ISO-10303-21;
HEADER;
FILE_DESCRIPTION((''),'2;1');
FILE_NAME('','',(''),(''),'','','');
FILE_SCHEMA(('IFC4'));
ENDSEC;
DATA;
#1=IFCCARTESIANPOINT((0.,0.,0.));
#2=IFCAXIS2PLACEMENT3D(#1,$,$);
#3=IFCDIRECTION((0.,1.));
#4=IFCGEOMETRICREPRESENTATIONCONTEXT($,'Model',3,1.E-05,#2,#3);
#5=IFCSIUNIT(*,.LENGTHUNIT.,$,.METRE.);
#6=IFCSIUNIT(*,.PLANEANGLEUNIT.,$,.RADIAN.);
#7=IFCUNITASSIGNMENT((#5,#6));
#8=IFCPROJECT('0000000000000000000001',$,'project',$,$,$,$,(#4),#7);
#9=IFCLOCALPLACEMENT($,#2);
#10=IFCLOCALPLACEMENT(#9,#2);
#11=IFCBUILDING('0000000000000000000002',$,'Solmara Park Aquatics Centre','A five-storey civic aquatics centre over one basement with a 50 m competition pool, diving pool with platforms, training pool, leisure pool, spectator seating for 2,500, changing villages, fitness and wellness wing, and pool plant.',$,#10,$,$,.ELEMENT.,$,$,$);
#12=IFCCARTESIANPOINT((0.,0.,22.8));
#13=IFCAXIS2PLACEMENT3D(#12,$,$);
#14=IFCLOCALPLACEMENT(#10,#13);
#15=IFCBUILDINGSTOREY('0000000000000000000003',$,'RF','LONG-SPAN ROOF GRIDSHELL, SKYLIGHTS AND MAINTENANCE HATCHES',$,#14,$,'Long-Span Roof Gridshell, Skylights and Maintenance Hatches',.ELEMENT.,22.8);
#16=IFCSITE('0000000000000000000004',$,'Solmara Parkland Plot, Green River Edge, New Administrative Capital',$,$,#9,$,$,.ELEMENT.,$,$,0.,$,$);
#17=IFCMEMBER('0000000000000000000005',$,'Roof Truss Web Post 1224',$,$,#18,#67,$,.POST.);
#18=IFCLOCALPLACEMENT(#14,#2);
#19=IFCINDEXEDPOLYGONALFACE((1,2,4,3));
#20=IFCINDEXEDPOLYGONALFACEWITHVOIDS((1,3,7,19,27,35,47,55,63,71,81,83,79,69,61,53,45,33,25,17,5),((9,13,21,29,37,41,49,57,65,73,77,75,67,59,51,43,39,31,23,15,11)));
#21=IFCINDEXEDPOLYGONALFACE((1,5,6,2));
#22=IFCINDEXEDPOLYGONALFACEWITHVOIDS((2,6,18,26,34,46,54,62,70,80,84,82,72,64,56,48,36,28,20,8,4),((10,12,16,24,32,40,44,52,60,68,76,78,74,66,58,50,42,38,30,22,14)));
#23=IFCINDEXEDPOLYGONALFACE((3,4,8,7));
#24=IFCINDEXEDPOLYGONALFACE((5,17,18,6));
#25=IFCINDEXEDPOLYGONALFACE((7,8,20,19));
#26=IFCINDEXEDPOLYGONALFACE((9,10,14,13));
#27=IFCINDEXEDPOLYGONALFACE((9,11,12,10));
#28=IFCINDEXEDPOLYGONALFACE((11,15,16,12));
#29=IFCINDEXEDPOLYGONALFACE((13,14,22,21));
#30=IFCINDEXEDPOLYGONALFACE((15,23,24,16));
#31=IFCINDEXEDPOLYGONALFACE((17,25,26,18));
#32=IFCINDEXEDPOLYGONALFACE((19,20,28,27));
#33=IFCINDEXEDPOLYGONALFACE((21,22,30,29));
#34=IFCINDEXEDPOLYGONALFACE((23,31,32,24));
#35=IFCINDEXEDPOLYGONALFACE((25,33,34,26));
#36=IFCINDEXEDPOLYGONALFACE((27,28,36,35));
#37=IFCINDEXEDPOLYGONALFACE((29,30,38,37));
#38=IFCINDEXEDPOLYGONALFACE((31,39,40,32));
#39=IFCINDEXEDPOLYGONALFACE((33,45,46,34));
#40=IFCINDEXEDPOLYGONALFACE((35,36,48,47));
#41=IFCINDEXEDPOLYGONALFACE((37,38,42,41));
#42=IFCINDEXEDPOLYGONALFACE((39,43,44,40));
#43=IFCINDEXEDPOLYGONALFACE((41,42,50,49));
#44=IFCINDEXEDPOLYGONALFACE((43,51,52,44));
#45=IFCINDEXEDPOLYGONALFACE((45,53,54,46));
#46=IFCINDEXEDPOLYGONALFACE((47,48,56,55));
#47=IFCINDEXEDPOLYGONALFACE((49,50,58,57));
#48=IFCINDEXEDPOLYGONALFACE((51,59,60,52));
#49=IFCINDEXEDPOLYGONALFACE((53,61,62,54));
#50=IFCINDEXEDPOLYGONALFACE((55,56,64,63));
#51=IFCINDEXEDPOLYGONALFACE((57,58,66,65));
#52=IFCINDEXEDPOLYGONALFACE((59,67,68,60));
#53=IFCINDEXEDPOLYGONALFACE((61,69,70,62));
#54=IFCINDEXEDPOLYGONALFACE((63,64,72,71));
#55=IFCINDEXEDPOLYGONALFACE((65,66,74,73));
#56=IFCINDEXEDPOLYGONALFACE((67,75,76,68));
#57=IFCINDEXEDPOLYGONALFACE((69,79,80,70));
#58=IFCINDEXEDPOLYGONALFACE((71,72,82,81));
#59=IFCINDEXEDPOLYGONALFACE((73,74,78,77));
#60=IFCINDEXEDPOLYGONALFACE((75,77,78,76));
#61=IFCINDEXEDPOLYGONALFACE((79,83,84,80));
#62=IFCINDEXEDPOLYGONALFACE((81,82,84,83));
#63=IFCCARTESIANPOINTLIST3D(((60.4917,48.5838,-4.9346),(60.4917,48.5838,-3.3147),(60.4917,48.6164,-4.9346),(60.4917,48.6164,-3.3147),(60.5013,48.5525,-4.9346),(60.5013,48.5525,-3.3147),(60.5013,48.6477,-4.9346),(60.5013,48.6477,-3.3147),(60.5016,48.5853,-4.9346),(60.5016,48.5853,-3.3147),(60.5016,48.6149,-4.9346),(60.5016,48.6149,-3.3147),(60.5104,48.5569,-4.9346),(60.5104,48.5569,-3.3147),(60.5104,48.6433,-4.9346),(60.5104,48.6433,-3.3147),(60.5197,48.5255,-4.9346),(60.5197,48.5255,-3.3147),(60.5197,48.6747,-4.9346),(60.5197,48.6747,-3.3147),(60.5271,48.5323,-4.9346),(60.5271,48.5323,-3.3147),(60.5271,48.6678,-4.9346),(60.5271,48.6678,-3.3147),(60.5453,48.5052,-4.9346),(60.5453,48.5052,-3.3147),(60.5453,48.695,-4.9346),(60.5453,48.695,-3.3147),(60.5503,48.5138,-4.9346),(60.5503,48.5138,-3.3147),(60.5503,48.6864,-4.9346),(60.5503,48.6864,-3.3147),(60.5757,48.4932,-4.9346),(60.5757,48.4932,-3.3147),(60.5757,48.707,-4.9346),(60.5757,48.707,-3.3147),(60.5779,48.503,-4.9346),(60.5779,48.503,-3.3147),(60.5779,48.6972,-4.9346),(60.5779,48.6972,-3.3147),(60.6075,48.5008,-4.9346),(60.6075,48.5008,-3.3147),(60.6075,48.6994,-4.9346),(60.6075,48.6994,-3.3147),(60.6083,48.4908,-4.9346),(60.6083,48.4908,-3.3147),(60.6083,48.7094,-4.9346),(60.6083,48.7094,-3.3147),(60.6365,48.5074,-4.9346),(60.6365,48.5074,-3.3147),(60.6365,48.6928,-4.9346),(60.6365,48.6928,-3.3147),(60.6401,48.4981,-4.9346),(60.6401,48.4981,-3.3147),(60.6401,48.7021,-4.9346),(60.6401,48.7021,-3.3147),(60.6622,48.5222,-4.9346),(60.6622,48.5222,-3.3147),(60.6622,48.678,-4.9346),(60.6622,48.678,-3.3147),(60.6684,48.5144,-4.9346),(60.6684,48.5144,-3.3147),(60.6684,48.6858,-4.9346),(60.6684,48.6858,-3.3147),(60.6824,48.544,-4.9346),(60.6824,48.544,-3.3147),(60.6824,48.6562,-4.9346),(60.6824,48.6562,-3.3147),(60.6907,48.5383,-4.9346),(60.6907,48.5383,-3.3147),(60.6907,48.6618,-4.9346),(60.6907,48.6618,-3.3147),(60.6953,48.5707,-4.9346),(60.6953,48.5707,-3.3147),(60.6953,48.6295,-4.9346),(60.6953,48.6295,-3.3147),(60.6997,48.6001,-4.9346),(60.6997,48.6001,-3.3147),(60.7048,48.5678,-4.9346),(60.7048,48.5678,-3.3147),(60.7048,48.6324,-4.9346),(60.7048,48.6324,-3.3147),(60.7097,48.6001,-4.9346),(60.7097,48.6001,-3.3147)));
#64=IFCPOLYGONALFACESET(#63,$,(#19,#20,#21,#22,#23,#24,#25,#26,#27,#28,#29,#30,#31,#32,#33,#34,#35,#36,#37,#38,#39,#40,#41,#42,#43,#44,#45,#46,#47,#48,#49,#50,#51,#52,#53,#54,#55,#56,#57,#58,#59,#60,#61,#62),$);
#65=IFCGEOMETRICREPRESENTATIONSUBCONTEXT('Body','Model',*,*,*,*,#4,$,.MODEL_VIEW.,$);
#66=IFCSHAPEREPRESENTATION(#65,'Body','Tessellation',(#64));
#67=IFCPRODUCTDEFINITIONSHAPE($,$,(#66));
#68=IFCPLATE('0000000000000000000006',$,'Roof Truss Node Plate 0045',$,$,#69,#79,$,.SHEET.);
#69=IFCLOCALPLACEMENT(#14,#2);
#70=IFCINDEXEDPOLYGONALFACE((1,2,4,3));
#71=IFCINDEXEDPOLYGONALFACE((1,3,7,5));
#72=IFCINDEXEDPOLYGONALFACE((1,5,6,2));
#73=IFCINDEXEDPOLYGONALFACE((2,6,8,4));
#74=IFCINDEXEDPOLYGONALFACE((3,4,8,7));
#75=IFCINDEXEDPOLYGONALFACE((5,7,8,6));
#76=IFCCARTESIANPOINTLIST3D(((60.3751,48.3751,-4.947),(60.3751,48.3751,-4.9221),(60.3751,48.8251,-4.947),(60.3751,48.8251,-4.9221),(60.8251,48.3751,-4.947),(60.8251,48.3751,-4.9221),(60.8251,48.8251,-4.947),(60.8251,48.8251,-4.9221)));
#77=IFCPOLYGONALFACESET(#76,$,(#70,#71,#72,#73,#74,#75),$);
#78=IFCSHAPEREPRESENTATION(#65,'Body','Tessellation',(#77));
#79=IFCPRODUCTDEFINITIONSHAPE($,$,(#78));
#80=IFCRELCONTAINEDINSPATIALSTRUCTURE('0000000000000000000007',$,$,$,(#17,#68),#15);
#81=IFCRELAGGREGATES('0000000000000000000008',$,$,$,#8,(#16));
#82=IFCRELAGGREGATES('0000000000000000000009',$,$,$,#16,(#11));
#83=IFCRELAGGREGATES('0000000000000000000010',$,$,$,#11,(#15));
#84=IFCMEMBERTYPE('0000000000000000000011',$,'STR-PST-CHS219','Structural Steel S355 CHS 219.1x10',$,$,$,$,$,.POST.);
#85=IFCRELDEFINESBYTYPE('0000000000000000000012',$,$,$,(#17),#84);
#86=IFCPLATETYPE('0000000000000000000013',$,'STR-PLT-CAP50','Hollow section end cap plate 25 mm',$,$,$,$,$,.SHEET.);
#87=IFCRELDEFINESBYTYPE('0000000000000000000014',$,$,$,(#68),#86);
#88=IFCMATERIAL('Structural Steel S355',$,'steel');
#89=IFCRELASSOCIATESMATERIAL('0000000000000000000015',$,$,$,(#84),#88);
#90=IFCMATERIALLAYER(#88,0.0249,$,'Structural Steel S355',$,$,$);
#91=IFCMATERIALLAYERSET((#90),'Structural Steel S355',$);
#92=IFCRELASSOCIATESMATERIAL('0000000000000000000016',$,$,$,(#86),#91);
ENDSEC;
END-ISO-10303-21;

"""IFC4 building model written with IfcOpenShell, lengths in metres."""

from ifc_helpers import new_model, si_unit, direction, frame, origin, origin_2d, place, context, subcontext, project, spatial, rectangle, hollow_circle, extrude, material, layer, layer_set, material_profile, profile_set, type_object, element, save


model = new_model("IFC4")

# Units and contexts
model_context = context("Model", 3, precision=1e-05, world=origin(), true_north=direction((0.0, 1.0)))
body_context = subcontext(model_context, "Body", "Model", "MODEL_VIEW")
ifc_project = project(units=[si_unit("LENGTHUNIT", "METRE"), si_unit("PLANEANGLEUNIT", "RADIAN")], contexts=[model_context])

# Site, building, storey
site_placement = place(None, origin())
site = spatial("IfcSite", under=ifc_project, at=site_placement, Name="Solmara Parkland Plot, Green River Edge, New Administrative Capital", CompositionType="ELEMENT", RefElevation=0.0)
building_placement = place(site_placement, origin())
building = spatial("IfcBuilding", under=site, at=building_placement, Name="Solmara Park Aquatics Centre", Description="A five-storey civic aquatics centre over one basement with a 50 m competition pool, diving pool with platforms, training pool, leisure pool, spectator seating for 2,500, changing villages, fitness and wellness wing, and pool plant.", CompositionType="ELEMENT")
storey_placement = place(building_placement, frame((0.0, 0.0, 22.8)))
storey = spatial("IfcBuildingStorey", under=building, at=storey_placement, Name="RF", Description="LONG-SPAN ROOF GRIDSHELL, SKYLIGHTS AND MAINTENANCE HATCHES", LongName="Long-Span Roof Gridshell, Skylights and Maintenance Hatches", CompositionType="ELEMENT", Elevation=22.8)

# Member
ifc_material_1 = material(Name="Structural Steel S355", Category="steel")
ifc_material_profile_1 = material_profile(ifc_material_1, hollow_circle(Radius=0.1096, WallThickness=0.01, at=origin_2d()), Name="CHS 219.1x10")
ifc_profile_set_1 = profile_set([ifc_material_profile_1], Name="Structural Steel S355")
member_type_1 = type_object("IfcMemberType", Name="STR-PST-CHS219", Description="Structural Steel S355 CHS 219.1x10", PredefinedType="POST", material=ifc_profile_set_1)
member_1_placement = place(storey_placement, frame((60.6001, 48.6001, -4.9346), z_axis=(0.0, 0.0, 1.0), x_axis=(1.0, 0.0, 0.0)))
element("IfcMember", 1, at=member_1_placement, inside=storey, type_object=member_type_1, Name="Roof Truss Web Post 1224", PredefinedType="POST", context=body_context, shape_type="SweptSolid", body=[
    extrude(hollow_circle(Radius=0.1096, WallThickness=0.01, at=origin_2d()), origin(), (0.0, 0.0, 1.0), 1.6199),
])

# Plate
ifc_layer = layer(ifc_material_1, 0.0249, Name="Structural Steel S355")
ifc_layer_set = layer_set([ifc_layer], Name="Structural Steel S355")
plate_type = type_object("IfcPlateType", Name="STR-PLT-CAP50", Description="Hollow section end cap plate 25 mm", PredefinedType="SHEET", material=ifc_layer_set)
plate_placement = place(storey_placement, frame((60.6001, 48.6001, -4.947), z_axis=(0.0, 0.0, 1.0), x_axis=(1.0, 0.0, 0.0)))
element("IfcPlate", 2, at=plate_placement, inside=storey, type_object=plate_type, Name="Roof Truss Node Plate 0045", PredefinedType="SHEET", context=body_context, shape_type="SweptSolid", body=[
    extrude(rectangle(XDim=0.45, YDim=0.45, at=origin_2d()), origin(), (0.0, 0.0, 1.0), 0.0249),
])

save(model, "model.ifc")
